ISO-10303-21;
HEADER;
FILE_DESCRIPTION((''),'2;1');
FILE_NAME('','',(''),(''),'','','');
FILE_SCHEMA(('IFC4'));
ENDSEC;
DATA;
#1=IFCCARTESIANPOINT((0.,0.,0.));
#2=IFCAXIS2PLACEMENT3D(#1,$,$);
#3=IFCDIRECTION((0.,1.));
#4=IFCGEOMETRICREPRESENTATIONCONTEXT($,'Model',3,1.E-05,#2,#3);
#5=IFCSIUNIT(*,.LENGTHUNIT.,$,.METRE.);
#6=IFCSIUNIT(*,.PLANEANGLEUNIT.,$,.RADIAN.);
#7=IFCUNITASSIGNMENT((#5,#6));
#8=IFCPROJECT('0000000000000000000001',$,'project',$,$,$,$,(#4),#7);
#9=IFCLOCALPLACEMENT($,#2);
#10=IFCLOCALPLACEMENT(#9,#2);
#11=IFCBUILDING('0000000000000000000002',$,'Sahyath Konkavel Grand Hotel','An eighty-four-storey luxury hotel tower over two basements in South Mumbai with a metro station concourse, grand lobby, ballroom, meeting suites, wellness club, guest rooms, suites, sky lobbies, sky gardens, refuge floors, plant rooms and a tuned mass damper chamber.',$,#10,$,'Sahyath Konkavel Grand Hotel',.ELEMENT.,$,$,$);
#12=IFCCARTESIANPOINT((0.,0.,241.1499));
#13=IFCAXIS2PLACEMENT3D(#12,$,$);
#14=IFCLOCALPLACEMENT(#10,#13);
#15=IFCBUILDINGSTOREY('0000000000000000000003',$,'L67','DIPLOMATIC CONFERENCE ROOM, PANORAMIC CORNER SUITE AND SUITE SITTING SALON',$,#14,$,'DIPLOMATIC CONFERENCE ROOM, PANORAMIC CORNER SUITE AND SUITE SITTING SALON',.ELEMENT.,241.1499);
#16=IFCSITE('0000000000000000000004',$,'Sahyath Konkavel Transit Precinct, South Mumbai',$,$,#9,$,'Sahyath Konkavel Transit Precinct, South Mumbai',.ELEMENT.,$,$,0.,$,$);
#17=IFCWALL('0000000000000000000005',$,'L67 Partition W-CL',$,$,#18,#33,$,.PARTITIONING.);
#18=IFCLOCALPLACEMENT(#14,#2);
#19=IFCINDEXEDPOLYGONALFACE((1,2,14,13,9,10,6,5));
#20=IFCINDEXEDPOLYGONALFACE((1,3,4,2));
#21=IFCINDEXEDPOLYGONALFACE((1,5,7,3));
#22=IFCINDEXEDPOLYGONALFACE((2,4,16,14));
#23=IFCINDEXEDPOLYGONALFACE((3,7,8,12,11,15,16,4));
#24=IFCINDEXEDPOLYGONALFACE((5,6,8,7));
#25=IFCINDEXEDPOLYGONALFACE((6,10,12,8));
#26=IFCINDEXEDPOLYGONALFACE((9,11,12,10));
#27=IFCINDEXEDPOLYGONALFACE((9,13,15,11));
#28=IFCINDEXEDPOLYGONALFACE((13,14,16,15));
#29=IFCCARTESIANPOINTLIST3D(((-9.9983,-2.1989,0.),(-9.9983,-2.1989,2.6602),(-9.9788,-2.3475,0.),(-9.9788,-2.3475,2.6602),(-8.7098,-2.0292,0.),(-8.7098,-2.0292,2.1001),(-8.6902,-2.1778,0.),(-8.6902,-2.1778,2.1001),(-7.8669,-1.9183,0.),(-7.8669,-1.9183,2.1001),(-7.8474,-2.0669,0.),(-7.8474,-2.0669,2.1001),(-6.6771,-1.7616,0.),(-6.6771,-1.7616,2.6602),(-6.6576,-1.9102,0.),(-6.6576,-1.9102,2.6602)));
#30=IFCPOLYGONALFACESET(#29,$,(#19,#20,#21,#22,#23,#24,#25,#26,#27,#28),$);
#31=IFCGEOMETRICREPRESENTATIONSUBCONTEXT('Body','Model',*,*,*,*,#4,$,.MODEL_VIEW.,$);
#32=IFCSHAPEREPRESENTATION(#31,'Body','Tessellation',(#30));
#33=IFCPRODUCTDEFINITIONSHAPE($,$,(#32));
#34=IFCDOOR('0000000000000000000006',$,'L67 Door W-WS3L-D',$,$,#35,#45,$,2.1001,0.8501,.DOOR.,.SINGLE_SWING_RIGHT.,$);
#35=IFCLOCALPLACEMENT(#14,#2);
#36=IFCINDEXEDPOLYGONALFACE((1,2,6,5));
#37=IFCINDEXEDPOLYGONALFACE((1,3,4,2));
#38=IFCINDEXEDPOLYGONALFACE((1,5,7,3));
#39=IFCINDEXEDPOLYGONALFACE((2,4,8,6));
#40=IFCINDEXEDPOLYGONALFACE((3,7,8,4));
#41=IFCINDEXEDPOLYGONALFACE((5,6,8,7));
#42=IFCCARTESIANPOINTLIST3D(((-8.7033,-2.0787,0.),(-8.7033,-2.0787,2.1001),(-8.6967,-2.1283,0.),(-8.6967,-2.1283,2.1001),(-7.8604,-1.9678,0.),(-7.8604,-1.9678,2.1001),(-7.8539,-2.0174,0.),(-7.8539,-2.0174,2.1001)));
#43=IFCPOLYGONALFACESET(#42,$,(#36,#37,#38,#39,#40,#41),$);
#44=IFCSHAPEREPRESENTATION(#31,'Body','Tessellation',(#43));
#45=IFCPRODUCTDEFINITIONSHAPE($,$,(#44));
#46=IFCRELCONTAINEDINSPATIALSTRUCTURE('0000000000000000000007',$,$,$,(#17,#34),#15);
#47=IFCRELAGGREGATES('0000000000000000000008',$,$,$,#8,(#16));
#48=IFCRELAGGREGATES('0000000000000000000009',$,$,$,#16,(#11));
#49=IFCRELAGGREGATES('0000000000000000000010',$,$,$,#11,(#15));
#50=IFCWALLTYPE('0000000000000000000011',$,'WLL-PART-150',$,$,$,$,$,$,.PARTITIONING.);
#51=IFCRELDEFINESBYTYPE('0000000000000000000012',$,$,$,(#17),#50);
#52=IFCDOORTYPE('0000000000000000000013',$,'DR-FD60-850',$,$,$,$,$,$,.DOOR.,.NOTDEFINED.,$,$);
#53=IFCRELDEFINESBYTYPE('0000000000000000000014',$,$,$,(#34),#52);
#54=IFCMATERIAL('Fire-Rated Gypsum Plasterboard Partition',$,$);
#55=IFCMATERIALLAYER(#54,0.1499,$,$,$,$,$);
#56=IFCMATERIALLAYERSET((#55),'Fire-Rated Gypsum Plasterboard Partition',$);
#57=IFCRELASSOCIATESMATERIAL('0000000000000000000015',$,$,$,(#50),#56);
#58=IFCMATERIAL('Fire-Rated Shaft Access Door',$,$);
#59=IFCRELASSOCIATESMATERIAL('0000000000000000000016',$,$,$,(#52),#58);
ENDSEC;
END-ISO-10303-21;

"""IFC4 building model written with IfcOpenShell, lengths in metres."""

from ifc_helpers import new_model, si_unit, direction, frame, frame_2d, origin, origin_2d, place, context, subcontext, project, spatial, rectangle, extrude, source, transform, mapped, material, layer, layer_set, type_object, element, fill, save


model = new_model("IFC4")

# Units and contexts
model_context = context("Model", 3, precision=1e-05, world=origin(), true_north=direction((0.0, 1.0)))
body_context = subcontext(model_context, "Body", "Model", "MODEL_VIEW")
ifc_project = project(units=[si_unit("LENGTHUNIT", "METRE"), si_unit("PLANEANGLEUNIT", "RADIAN")], contexts=[model_context])

# Site, building, storey
site_placement = place(None, origin())
site = spatial("IfcSite", under=ifc_project, at=site_placement, Name="Sahyath Konkavel Transit Precinct, South Mumbai", LongName="Sahyath Konkavel Transit Precinct, South Mumbai", CompositionType="ELEMENT", RefElevation=0.0)
building_placement = place(site_placement, origin())
building = spatial("IfcBuilding", under=site, at=building_placement, Name="Sahyath Konkavel Grand Hotel", Description="An eighty-four-storey luxury hotel tower over two basements in South Mumbai with a metro station concourse, grand lobby, ballroom, meeting suites, wellness club, guest rooms, suites, sky lobbies, sky gardens, refuge floors, plant rooms and a tuned mass damper chamber.", LongName="Sahyath Konkavel Grand Hotel", CompositionType="ELEMENT")
storey_placement = place(building_placement, frame((0.0, 0.0, 241.1499)))
storey = spatial("IfcBuildingStorey", under=building, at=storey_placement, Name="L67", Description="DIPLOMATIC CONFERENCE ROOM, PANORAMIC CORNER SUITE AND SUITE SITTING SALON", LongName="DIPLOMATIC CONFERENCE ROOM, PANORAMIC CORNER SUITE AND SUITE SITTING SALON", CompositionType="ELEMENT", Elevation=241.1499)

# Shared definitions
ifc_material_1 = material(Name="Fire-Rated Gypsum Plasterboard Partition")
ifc_layer_1 = layer(ifc_material_1, 0.1499)
ifc_layer_set_1 = layer_set([ifc_layer_1], Name="Fire-Rated Gypsum Plasterboard Partition")
wall_type_1 = type_object("IfcWallType", Name="WLL-PART-150", PredefinedType="PARTITIONING", material=ifc_layer_set_1)

# Wall, opening, door
wall_1_placement = place(storey_placement, frame((-6.6675, -1.8359, 0.0), z_axis=(0.0, 0.0, 1.0), x_axis=(-0.991445, -0.130526, 0.0)))
wall_1 = element("IfcWall", 1, at=wall_1_placement, inside=storey, type_object=wall_type_1, Name="L67 Partition W-CL", PredefinedType="PARTITIONING", context=body_context, shape_type="SweptSolid", body=[
    extrude(rectangle(XDim=3.3499, YDim=0.1499, at=frame_2d((1.6748, 0.0))), origin(), (0.0, 0.0, 1.0), 2.6602),
])
opening_1_placement = place(wall_1_placement, frame((1.2, 0.0, 0.0)))
opening_1 = element("IfcOpeningElement", 2, at=opening_1_placement, cuts=wall_1, PredefinedType="OPENING", context=body_context, shape_type="SweptSolid", body=[
    extrude(rectangle(XDim=0.8501, YDim=2.1001, at=frame_2d((0.425, 1.05))), frame((0.0, 0.085, 0.0), z_axis=(0.0, -1.0, 0.0), x_axis=(1.0, 0.0, 0.0)), (0.0, 0.0, 1.0), 0.1699),
])
ifc_material_2 = material(Name="Fire-Rated Shaft Access Door")
door_type_1 = type_object("IfcDoorType", Name="DR-FD60-850", OperationType="NOTDEFINED", PredefinedType="DOOR", material=ifc_material_2)
shared_shape_1 = source(origin(), body_context, "Body", "SweptSolid", [
    extrude(rectangle(XDim=0.8501, YDim=0.05, at=origin_2d()), origin(), (0.0, 0.0, 1.0), 2.1001),
])
door_1_placement = place(opening_1_placement, frame((0.425, 0.0, 0.0)))
door_1 = element("IfcDoor", 3, at=door_1_placement, inside=storey, type_object=door_type_1, Name="L67 Door W-WS3L-D", OperationType="SINGLE_SWING_RIGHT", OverallHeight=2.1001, OverallWidth=0.8501, PredefinedType="DOOR", context=body_context, shape_type="MappedRepresentation", body=[
    mapped(shared_shape_1, transform((0.0, 0.0, 0.0), scale=1.0)),
])
fill(opening_1, door_1)

save(model, "model.ifc")
